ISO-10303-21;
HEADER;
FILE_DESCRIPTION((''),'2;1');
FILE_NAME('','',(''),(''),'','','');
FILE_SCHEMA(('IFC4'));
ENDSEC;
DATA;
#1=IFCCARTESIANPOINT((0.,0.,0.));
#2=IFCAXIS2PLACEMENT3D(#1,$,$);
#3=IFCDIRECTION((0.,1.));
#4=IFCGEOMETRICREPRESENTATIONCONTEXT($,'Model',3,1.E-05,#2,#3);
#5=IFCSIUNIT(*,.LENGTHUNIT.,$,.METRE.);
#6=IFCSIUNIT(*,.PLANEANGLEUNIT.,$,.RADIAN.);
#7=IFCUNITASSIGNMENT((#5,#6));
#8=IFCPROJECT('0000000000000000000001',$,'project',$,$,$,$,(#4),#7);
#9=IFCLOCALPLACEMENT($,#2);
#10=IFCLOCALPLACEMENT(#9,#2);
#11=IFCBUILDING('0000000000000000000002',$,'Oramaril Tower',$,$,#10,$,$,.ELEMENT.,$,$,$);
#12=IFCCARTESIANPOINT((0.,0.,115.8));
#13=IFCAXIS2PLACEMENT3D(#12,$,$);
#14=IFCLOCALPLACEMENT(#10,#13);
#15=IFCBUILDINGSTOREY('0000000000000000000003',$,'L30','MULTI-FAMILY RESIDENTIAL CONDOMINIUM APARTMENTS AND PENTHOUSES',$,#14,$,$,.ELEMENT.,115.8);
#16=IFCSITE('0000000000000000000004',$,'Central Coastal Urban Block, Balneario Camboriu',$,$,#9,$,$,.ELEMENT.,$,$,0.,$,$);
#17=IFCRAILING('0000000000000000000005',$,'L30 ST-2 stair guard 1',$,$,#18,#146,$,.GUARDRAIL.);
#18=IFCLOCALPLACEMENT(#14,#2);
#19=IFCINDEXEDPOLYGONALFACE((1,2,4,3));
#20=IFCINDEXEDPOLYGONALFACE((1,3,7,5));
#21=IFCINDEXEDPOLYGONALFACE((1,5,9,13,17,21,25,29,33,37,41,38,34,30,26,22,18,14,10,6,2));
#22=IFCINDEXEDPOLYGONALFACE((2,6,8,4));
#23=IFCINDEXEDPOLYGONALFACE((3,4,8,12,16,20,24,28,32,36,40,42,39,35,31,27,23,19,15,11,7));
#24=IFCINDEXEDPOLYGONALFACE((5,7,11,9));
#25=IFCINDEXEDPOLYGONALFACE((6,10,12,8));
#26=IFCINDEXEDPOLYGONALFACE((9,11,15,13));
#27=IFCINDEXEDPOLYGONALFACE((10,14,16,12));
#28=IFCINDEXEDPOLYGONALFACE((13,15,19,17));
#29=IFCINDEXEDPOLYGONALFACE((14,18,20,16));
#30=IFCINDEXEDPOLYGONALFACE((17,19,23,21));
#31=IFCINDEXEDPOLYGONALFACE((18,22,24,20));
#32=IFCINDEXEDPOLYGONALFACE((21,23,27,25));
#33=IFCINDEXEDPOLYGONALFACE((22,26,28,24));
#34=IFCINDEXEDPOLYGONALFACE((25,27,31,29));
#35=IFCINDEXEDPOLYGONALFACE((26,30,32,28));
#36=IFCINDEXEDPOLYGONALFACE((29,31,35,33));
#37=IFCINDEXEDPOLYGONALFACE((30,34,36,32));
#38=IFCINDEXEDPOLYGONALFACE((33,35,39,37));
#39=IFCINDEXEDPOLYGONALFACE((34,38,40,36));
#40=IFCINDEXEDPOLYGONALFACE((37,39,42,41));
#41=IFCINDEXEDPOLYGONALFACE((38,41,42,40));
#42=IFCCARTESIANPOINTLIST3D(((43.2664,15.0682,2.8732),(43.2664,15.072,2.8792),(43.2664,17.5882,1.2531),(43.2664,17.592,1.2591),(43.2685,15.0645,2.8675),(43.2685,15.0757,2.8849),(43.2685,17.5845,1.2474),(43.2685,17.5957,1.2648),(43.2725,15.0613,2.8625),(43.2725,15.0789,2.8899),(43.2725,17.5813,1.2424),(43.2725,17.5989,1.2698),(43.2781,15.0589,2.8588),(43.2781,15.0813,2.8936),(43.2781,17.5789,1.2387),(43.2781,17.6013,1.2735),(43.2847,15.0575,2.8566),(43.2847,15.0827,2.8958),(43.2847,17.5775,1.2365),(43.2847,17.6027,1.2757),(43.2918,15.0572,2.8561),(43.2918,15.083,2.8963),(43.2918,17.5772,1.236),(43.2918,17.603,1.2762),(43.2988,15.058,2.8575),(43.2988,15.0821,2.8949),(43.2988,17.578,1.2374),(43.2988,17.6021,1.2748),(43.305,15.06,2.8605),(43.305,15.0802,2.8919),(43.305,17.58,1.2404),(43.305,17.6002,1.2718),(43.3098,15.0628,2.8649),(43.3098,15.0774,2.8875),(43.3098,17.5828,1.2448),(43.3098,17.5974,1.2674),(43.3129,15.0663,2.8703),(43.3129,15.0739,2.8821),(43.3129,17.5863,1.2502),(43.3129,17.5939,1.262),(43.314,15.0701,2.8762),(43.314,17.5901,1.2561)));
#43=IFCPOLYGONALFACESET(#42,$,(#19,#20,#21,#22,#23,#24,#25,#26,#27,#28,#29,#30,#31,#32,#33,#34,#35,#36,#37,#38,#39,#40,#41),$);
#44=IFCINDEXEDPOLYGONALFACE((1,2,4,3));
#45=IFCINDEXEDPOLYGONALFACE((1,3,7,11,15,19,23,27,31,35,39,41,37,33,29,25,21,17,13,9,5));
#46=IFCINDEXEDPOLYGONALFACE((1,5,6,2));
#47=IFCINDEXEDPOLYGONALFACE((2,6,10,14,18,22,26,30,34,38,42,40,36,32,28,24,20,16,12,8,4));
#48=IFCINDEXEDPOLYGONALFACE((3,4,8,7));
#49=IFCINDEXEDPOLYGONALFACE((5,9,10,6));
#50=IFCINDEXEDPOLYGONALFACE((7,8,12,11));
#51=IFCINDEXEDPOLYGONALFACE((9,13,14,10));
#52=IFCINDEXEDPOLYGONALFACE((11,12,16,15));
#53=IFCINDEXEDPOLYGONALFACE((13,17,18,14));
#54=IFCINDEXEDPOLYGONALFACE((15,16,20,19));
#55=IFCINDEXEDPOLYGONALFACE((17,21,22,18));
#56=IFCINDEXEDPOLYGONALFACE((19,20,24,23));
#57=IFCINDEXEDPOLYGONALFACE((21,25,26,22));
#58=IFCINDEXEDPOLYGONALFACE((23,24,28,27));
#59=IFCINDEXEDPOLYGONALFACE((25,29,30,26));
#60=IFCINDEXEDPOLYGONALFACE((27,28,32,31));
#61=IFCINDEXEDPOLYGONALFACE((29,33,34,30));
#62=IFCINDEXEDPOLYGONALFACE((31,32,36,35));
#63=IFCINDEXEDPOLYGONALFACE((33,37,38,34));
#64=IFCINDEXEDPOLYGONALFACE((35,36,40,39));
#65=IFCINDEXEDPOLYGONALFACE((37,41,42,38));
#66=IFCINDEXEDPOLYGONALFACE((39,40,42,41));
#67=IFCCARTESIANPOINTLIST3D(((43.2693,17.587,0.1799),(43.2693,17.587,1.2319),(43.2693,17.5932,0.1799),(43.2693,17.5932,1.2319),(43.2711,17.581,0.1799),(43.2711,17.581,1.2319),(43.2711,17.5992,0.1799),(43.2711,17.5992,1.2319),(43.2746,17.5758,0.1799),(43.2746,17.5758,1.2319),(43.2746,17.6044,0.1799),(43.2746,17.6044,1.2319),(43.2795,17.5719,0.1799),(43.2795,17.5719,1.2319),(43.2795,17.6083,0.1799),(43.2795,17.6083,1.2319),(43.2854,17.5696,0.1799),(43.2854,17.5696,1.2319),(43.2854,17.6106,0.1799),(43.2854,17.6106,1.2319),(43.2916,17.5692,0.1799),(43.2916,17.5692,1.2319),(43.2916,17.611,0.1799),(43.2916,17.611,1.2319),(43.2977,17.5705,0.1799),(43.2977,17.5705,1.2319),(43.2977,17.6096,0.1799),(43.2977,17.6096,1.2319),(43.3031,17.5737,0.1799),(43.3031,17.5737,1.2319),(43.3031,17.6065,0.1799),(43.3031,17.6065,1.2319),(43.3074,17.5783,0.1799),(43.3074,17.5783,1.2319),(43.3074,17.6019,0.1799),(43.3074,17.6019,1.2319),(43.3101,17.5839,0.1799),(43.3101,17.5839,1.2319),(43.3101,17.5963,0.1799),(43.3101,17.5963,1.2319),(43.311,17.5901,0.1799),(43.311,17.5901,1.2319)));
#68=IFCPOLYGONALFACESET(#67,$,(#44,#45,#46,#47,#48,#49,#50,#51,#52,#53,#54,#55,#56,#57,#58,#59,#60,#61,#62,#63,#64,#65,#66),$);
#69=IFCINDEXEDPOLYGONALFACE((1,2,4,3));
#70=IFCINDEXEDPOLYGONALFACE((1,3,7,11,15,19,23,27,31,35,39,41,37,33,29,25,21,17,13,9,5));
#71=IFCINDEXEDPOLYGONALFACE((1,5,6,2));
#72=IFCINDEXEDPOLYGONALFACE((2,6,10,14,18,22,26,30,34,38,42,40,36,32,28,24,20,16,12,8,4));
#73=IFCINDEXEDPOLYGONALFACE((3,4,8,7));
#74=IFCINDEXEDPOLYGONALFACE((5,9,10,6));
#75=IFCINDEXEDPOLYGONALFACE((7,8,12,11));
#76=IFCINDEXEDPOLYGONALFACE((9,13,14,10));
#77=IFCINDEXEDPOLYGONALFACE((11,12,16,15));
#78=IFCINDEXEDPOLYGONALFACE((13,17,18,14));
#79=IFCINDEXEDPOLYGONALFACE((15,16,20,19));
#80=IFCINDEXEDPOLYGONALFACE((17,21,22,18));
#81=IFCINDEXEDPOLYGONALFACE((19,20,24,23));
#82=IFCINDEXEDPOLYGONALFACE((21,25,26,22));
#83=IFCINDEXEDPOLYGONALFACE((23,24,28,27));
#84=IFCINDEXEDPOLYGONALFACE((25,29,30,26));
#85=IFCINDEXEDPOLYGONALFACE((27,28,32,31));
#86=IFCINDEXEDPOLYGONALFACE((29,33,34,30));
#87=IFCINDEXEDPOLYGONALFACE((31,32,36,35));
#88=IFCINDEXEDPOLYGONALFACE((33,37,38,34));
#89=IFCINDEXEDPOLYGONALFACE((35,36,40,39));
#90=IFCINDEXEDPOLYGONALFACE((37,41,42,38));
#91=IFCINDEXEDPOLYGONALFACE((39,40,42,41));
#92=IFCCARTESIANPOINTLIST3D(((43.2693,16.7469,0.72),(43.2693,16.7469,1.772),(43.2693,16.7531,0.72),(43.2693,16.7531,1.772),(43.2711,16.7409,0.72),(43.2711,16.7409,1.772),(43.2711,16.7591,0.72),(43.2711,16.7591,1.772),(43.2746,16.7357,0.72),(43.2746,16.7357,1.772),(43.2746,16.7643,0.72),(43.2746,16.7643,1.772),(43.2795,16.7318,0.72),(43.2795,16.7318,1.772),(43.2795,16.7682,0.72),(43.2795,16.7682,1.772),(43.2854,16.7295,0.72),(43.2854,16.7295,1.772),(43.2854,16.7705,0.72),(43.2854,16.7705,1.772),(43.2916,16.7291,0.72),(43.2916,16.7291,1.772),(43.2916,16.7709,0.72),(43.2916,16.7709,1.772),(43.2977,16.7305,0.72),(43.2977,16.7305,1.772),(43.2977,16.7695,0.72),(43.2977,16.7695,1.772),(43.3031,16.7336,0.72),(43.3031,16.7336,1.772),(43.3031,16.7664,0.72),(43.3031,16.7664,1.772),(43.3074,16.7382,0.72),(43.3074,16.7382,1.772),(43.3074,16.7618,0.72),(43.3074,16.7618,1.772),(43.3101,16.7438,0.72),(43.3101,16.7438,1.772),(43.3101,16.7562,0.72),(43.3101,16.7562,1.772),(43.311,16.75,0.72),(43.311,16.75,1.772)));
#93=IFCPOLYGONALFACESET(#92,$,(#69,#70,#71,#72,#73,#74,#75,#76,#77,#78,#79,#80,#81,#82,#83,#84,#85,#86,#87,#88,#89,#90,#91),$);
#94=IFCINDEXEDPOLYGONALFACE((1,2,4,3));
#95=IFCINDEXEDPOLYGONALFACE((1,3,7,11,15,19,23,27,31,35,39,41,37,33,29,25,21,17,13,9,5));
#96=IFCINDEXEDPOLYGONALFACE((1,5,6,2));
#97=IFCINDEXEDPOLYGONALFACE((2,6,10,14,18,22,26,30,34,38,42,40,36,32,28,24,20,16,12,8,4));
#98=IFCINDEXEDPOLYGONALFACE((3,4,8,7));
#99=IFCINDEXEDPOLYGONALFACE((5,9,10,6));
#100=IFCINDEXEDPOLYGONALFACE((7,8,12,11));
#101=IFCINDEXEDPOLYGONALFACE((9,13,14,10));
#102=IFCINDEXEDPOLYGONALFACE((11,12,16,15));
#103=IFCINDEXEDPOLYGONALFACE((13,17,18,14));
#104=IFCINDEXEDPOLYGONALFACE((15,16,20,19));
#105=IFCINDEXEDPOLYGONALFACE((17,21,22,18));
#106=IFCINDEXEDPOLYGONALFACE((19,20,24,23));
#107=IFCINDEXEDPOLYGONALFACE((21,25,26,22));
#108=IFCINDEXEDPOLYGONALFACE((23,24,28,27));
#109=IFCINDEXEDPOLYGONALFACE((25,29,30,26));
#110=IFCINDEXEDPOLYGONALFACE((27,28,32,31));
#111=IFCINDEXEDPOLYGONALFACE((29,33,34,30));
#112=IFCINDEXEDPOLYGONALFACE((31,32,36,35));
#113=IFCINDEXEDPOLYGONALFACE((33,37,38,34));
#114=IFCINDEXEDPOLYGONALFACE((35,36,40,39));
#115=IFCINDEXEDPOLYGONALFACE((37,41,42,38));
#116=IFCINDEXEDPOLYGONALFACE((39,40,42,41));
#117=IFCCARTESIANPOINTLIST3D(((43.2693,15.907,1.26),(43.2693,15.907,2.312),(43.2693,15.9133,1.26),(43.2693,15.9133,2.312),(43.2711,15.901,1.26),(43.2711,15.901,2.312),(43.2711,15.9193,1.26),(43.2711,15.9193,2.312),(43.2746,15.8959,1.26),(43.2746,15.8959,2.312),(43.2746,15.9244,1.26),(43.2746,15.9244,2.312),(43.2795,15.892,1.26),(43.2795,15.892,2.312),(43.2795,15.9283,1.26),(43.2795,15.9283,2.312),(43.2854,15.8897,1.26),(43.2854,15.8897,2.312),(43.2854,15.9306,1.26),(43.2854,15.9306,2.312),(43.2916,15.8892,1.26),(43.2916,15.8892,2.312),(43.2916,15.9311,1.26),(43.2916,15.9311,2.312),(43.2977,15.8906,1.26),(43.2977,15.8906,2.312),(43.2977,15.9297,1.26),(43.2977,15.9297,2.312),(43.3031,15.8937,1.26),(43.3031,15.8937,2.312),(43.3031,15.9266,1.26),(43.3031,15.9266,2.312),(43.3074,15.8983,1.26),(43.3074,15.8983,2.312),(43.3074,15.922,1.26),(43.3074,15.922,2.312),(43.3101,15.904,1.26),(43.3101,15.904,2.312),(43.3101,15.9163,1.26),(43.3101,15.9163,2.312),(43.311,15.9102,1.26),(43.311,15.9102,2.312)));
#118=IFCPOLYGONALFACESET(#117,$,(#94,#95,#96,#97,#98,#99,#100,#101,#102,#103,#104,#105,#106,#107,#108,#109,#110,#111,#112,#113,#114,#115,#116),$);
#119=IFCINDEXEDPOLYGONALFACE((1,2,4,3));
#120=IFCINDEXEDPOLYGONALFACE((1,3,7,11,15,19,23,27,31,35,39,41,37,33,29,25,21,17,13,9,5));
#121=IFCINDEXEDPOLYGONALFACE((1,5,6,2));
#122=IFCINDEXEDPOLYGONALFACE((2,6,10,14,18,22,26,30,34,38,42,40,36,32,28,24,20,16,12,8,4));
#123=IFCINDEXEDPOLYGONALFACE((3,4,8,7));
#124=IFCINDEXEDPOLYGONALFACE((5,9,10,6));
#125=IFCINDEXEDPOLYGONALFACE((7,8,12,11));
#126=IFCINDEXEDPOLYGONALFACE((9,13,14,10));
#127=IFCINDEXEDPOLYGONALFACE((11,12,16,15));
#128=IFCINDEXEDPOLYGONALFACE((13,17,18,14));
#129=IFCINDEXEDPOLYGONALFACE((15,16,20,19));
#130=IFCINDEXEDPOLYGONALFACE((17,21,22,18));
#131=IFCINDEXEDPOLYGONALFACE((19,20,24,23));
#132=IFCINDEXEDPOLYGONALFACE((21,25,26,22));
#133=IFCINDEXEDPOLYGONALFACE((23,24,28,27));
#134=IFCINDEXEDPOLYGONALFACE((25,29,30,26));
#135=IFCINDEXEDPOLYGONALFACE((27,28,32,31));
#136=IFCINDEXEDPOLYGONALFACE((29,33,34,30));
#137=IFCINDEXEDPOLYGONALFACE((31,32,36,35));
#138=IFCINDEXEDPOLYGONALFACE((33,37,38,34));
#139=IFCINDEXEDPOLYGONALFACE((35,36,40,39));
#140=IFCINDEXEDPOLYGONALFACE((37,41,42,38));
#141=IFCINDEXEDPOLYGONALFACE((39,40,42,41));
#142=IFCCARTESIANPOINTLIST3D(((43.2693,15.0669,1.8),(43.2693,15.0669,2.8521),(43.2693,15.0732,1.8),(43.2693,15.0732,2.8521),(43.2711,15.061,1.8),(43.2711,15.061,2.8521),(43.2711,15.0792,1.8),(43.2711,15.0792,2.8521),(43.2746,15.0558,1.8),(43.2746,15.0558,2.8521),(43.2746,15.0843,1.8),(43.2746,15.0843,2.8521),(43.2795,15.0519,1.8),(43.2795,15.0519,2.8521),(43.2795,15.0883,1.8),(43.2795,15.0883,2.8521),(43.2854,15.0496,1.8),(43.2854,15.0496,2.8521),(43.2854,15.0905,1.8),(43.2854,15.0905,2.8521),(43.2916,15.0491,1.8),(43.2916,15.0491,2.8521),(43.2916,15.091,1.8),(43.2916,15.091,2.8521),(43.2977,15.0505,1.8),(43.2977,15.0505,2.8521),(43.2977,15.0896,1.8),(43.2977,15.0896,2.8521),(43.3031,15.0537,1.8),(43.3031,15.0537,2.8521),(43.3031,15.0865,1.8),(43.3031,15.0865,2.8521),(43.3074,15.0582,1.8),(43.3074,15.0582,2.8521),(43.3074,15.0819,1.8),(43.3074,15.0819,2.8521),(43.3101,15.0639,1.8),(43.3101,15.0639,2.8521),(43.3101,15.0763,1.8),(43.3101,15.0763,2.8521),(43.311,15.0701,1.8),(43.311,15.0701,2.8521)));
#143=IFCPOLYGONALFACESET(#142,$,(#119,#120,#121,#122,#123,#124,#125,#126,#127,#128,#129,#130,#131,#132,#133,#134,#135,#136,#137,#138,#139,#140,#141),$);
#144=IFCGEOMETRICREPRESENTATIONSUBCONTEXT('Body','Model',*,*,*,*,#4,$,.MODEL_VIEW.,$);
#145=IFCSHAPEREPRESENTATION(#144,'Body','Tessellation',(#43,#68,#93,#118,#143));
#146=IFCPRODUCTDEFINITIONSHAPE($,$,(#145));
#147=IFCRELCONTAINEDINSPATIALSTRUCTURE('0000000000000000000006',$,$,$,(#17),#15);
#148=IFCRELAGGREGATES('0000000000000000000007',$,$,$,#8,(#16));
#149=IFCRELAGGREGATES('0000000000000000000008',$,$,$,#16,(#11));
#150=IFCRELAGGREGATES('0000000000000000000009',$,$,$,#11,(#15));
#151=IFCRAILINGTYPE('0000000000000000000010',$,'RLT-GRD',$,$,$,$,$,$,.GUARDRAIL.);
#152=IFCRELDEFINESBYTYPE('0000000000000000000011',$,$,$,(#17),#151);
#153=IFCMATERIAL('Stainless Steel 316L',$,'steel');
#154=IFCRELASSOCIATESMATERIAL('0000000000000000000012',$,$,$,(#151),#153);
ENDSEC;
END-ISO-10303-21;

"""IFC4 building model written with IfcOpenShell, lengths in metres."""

from ifc_helpers import new_model, si_unit, direction, frame, origin, origin_2d, place, context, subcontext, project, spatial, circle, extrude, material, type_object, element, save


model = new_model("IFC4")

# Units and contexts
model_context = context("Model", 3, precision=1e-05, world=origin(), true_north=direction((0.0, 1.0)))
body_context = subcontext(model_context, "Body", "Model", "MODEL_VIEW")
ifc_project = project(units=[si_unit("LENGTHUNIT", "METRE"), si_unit("PLANEANGLEUNIT", "RADIAN")], contexts=[model_context])

# Site, building, storey
site_placement = place(None, origin())
site = spatial("IfcSite", under=ifc_project, at=site_placement, Name="Central Coastal Urban Block, Balneario Camboriu", CompositionType="ELEMENT", RefElevation=0.0)
building_placement = place(site_placement, origin())
building = spatial("IfcBuilding", under=site, at=building_placement, Name="Oramaril Tower", CompositionType="ELEMENT")
storey_placement = place(building_placement, frame((0.0, 0.0, 115.8)))
storey = spatial("IfcBuildingStorey", under=building, at=storey_placement, Name="L30", Description="MULTI-FAMILY RESIDENTIAL CONDOMINIUM APARTMENTS AND PENTHOUSES", CompositionType="ELEMENT", Elevation=115.8)

# Railing
ifc_material_1 = material(Name="Stainless Steel 316L", Category="steel")
railing_type = type_object("IfcRailingType", Name="RLT-GRD", PredefinedType="GUARDRAIL", material=ifc_material_1)
railing_1_placement = place(storey_placement, frame((43.29, 17.5901, 0.1799)))
element("IfcRailing", 1, at=railing_1_placement, inside=storey, type_object=railing_type, Name="L30 ST-2 stair guard 1", PredefinedType="GUARDRAIL", context=body_context, shape_type="SweptSolid", body=[
    extrude(circle(Radius=0.0239, at=origin_2d()), frame((0.0, 0.0, 1.0762), z_axis=(0.0, -0.841163, 0.540782), x_axis=(1.0, 0.0, 0.0)), (0.0, 0.0, 1.0), 2.9958),
    extrude(circle(Radius=0.021, at=origin_2d()), origin(), (0.0, 0.0, 1.0), 1.052),
    extrude(circle(Radius=0.021, at=origin_2d()), frame((0.0, -0.8401, 0.54)), (0.0, 0.0, 1.0), 1.052),
    extrude(circle(Radius=0.021, at=origin_2d()), frame((0.0, -1.6799, 1.0801)), (0.0, 0.0, 1.0), 1.052),
    extrude(circle(Radius=0.021, at=origin_2d()), frame((0.0, -2.52, 1.6201)), (0.0, 0.0, 1.0), 1.052),
])

save(model, "model.ifc")
